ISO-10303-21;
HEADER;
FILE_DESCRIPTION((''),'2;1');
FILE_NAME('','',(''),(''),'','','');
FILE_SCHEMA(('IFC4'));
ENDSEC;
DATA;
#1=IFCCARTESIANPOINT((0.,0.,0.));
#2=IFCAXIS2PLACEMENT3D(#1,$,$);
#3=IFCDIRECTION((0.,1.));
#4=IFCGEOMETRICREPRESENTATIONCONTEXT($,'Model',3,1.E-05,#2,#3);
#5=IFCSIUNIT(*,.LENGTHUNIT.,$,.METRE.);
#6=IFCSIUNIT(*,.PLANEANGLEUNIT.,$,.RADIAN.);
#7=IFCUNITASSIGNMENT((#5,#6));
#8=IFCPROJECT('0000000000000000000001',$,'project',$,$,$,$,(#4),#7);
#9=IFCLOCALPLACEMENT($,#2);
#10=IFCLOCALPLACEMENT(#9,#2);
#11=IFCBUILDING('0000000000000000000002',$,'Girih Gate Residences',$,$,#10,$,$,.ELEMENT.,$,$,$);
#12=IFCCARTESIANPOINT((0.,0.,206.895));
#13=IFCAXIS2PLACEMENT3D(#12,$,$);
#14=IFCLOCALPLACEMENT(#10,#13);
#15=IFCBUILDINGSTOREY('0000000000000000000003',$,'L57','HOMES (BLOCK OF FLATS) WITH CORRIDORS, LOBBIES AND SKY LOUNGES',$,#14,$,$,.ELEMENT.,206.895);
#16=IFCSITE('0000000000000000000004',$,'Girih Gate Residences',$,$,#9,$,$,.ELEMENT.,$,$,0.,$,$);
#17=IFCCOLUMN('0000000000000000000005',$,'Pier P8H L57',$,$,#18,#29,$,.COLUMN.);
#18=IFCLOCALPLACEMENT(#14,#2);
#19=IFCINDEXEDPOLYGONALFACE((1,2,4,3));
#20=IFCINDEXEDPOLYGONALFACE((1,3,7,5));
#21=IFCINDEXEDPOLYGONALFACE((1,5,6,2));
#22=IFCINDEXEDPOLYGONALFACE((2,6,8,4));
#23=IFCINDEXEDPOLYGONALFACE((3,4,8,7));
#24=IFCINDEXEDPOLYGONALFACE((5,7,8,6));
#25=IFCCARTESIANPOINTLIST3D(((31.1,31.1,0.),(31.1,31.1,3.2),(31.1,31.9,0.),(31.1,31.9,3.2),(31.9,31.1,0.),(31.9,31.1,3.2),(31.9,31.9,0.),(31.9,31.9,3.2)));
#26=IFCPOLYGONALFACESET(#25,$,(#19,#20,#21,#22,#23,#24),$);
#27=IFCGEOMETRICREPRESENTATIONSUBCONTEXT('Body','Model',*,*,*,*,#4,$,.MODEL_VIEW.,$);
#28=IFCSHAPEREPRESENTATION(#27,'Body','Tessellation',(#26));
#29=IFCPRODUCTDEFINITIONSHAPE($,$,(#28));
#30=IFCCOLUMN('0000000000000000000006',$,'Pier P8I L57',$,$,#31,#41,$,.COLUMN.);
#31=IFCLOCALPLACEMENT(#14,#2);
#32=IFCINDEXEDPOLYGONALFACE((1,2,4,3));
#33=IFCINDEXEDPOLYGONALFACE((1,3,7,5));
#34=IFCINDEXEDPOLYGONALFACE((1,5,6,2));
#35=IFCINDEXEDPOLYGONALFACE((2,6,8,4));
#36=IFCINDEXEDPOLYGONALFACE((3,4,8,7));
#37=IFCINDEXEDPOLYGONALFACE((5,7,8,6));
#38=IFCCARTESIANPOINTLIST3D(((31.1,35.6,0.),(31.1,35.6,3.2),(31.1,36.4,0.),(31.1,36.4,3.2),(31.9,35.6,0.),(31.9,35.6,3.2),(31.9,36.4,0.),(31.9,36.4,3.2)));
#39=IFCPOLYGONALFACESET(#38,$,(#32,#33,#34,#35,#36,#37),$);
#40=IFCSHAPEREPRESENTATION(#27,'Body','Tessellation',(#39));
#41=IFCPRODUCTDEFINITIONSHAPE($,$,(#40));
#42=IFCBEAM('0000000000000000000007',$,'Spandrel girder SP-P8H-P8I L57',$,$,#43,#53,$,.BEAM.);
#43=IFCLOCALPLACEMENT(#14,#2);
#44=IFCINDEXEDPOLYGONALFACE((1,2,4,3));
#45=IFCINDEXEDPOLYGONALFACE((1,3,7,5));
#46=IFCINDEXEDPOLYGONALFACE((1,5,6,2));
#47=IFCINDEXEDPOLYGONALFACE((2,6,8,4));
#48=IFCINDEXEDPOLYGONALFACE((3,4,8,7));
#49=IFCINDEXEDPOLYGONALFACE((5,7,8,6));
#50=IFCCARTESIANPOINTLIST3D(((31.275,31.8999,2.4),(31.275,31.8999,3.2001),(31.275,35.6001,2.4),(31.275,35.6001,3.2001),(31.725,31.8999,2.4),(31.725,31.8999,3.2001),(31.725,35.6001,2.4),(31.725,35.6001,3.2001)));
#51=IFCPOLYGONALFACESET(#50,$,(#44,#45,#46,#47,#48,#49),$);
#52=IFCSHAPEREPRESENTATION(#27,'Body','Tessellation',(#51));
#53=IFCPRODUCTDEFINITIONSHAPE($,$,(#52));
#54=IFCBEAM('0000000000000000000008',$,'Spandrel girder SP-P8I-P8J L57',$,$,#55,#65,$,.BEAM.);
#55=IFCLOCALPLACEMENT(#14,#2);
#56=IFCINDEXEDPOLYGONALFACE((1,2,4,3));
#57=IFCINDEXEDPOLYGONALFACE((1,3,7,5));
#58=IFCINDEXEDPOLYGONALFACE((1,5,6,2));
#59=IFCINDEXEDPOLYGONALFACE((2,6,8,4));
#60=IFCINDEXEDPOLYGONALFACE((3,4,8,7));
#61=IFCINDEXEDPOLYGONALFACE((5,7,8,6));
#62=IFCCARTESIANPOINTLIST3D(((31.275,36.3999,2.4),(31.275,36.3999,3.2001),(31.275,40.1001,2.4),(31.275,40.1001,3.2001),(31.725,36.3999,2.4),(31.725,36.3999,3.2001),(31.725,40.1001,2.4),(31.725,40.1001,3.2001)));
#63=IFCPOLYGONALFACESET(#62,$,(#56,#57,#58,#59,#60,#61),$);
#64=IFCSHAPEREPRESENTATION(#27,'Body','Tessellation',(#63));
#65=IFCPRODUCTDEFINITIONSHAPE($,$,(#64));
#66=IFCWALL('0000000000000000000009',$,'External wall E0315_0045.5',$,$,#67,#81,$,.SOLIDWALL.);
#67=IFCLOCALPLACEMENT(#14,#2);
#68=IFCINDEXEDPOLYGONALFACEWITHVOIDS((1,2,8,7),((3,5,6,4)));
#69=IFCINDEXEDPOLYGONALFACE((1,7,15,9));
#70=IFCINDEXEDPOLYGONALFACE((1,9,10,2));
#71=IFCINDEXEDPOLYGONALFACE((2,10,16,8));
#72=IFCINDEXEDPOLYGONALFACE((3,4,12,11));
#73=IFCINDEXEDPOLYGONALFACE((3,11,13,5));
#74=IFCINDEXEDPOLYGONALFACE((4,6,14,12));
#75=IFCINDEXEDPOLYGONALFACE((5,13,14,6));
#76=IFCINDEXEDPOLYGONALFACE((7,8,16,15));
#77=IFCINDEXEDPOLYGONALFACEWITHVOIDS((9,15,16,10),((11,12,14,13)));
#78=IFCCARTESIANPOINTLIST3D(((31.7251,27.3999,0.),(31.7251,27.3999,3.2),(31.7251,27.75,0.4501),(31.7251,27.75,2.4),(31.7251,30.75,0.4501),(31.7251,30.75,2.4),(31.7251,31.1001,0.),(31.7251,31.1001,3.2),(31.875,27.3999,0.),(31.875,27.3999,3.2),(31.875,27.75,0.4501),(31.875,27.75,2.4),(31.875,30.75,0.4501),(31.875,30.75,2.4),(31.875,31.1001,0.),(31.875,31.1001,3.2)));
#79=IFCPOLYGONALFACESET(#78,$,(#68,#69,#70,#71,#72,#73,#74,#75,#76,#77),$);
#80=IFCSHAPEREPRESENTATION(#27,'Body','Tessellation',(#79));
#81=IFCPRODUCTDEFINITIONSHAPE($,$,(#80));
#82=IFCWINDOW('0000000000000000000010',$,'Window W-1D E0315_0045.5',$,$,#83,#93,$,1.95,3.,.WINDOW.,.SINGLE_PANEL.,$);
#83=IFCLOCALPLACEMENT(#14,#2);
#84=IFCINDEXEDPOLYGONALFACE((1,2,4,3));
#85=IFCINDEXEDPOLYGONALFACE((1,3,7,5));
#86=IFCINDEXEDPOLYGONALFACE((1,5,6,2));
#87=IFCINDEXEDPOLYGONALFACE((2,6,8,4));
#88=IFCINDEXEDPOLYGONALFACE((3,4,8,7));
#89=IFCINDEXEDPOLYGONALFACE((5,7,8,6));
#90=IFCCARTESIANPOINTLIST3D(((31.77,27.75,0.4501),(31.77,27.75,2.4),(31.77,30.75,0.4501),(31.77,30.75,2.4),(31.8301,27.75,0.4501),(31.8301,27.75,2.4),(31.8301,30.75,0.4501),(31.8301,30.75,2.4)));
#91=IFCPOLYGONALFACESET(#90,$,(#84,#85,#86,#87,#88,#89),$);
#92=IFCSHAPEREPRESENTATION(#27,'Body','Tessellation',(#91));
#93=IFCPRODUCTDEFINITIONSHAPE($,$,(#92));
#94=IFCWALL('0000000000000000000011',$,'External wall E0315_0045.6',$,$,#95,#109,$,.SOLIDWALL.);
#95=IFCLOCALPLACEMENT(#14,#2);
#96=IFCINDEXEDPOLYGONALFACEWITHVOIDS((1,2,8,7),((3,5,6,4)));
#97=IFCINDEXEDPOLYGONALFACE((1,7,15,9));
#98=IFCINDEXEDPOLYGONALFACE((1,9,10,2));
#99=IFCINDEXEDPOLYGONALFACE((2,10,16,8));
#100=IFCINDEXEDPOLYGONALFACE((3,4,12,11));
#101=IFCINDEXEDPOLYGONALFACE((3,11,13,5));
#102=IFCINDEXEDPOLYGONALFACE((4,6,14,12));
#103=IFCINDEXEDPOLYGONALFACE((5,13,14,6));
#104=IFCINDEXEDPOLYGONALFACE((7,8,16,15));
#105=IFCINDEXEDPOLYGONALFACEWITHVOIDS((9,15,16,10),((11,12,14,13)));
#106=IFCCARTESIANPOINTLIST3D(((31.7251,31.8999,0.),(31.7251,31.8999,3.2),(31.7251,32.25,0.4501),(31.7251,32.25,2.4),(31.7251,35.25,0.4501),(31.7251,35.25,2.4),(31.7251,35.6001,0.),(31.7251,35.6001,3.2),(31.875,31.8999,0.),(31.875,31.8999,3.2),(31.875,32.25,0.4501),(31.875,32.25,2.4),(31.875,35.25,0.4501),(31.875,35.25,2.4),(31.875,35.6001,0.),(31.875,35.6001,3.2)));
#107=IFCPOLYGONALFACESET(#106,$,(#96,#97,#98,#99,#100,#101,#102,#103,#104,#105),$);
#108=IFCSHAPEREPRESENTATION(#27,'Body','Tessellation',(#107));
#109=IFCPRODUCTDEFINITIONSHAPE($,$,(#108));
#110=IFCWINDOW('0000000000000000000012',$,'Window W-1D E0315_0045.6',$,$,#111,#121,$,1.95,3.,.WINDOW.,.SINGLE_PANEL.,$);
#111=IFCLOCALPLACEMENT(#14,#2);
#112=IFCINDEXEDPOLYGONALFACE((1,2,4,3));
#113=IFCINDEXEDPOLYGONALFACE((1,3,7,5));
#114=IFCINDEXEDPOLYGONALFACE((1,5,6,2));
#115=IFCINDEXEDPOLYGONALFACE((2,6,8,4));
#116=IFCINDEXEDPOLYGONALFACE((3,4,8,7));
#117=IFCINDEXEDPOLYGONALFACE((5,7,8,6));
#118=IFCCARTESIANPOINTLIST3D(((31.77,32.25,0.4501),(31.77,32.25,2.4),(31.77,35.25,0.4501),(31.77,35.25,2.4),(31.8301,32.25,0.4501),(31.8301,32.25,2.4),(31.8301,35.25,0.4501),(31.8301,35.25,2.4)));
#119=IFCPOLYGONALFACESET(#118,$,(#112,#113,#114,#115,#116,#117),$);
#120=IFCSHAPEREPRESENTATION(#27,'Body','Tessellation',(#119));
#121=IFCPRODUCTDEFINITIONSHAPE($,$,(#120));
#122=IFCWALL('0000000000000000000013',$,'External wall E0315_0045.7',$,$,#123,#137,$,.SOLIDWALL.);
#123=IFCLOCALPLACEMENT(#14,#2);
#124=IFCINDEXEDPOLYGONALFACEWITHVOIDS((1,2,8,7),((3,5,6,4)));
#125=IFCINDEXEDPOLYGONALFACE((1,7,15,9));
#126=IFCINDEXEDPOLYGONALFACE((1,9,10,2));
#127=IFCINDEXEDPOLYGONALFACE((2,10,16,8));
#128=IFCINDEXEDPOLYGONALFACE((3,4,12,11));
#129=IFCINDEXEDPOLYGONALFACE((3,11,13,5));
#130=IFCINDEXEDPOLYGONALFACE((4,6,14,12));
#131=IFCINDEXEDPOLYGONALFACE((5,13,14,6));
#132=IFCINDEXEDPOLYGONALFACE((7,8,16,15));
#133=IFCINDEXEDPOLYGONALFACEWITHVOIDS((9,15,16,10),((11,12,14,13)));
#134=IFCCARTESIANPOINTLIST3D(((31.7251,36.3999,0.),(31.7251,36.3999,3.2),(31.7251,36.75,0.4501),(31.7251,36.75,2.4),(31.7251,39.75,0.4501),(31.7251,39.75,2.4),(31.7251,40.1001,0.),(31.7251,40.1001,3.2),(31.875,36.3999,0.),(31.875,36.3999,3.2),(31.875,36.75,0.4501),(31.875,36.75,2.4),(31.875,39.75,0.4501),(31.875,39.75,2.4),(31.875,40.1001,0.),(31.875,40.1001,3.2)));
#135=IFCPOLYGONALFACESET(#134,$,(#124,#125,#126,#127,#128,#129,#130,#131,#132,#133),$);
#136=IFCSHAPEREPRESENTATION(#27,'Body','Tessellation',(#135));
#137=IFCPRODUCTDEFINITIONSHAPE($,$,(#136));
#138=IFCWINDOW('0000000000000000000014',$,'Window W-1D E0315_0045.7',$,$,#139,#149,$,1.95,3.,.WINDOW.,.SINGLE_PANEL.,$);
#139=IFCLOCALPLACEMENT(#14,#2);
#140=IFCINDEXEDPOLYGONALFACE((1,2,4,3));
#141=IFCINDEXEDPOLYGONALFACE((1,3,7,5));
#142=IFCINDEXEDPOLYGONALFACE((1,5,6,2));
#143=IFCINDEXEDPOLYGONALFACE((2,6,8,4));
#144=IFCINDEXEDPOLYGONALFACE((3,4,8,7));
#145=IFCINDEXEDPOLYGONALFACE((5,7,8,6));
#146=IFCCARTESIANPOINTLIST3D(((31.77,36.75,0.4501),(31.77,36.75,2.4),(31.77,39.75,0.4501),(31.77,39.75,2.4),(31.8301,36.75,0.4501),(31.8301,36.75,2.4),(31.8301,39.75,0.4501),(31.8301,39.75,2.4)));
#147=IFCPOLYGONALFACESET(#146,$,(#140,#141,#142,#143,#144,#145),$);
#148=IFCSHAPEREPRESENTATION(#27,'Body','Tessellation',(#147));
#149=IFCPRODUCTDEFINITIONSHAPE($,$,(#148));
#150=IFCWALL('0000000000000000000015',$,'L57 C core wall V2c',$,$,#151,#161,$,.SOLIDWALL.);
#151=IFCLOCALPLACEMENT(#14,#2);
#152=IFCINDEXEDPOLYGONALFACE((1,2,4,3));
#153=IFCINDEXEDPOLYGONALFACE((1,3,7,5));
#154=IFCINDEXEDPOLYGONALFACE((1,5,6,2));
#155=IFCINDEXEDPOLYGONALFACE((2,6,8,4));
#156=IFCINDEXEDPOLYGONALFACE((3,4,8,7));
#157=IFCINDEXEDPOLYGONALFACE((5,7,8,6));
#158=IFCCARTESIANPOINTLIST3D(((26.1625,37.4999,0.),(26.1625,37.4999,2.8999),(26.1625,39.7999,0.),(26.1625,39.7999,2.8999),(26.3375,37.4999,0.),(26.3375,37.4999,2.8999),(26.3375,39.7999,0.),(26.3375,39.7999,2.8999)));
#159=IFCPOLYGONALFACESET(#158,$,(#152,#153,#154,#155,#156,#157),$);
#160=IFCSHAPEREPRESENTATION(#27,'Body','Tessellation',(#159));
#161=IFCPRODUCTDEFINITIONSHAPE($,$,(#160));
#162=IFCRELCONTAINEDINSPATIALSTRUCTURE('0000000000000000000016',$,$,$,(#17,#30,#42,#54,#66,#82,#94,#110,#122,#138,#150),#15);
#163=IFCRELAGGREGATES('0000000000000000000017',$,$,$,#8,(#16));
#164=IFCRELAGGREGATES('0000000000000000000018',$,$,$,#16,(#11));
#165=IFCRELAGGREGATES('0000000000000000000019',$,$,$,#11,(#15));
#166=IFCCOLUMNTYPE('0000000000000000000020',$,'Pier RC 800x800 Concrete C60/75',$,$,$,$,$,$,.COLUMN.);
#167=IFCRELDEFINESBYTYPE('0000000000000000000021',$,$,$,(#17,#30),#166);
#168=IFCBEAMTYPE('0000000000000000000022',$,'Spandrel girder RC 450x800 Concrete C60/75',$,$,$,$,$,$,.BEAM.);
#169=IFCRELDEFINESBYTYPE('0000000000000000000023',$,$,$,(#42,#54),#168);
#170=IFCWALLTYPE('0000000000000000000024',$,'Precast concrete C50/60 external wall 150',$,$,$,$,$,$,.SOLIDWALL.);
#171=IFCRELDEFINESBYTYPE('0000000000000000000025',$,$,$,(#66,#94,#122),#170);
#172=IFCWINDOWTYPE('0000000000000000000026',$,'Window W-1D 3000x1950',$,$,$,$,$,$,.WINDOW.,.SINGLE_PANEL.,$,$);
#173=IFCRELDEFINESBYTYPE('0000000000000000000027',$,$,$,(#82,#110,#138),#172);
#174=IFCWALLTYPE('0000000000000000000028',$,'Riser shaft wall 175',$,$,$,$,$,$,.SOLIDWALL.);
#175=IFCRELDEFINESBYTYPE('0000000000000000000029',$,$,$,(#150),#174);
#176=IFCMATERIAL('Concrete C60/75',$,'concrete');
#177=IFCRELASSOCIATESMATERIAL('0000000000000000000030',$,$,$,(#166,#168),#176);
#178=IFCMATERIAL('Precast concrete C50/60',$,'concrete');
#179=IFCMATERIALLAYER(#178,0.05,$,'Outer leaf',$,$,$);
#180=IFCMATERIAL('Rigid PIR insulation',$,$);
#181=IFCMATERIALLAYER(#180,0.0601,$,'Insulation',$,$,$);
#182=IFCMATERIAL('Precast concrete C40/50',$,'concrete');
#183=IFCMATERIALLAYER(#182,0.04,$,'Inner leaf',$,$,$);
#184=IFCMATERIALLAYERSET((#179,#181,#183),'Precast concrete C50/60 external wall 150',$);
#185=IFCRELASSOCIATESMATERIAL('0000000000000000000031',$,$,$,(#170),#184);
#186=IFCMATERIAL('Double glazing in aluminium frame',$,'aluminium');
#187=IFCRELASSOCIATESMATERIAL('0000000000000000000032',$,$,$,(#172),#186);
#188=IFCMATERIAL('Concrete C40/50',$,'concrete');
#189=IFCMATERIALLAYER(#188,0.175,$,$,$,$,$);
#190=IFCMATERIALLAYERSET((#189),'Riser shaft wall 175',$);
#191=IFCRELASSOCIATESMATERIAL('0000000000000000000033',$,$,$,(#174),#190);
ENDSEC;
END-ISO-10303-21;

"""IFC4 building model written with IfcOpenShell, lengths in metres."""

from ifc_helpers import new_model, si_unit, direction, frame, frame_2d, origin, origin_2d, place, context, subcontext, project, spatial, rectangle, extrude, material, layer, layer_set, material_profile, profile_set, type_object, element, fill, save


model = new_model("IFC4")

# Units and contexts
model_context = context("Model", 3, precision=1e-05, world=origin(), true_north=direction((0.0, 1.0)))
body_context = subcontext(model_context, "Body", "Model", "MODEL_VIEW")
ifc_project = project(units=[si_unit("LENGTHUNIT", "METRE"), si_unit("PLANEANGLEUNIT", "RADIAN")], contexts=[model_context])

# Site, building, storey
site_placement = place(None, origin())
site = spatial("IfcSite", under=ifc_project, at=site_placement, Name="Girih Gate Residences", CompositionType="ELEMENT", RefElevation=0.0)
building_placement = place(site_placement, origin())
building = spatial("IfcBuilding", under=site, at=building_placement, Name="Girih Gate Residences", CompositionType="ELEMENT")
storey_placement = place(building_placement, frame((0.0, 0.0, 206.895)))
storey = spatial("IfcBuildingStorey", under=building, at=storey_placement, Name="L57", Description="HOMES (BLOCK OF FLATS) WITH CORRIDORS, LOBBIES AND SKY LOUNGES", CompositionType="ELEMENT", Elevation=206.895)

# Columns
ifc_material_1 = material(Name="Concrete C60/75", Category="concrete")
ifc_material_profile_1 = material_profile(ifc_material_1, rectangle(XDim=0.8, YDim=0.8, at=origin_2d()))
ifc_profile_set_1 = profile_set([ifc_material_profile_1], Name="Concrete C60/75")
column_type = type_object("IfcColumnType", Name="Pier RC 800x800 Concrete C60/75", PredefinedType="COLUMN", material=ifc_profile_set_1)
for number, where, z_axis, x_axis, name in (
    (1, (31.5, 31.5, 0.0), (0.0, 0.0, 1.0), (1.0, 0.0, 0.0), "Pier P8H L57"),
    (2, (31.5, 36.0, 0.0), (0.0, 0.0, 1.0), (1.0, 0.0, 0.0), "Pier P8I L57"),
):
    element("IfcColumn", number, at=place(storey_placement, frame(where, z_axis=z_axis, x_axis=x_axis)), inside=storey, type_object=column_type, Name=name, PredefinedType="COLUMN", context=body_context, shape_type="SweptSolid", body=[
        extrude(rectangle(XDim=0.8, YDim=0.8, at=origin_2d()), origin(), (0.0, 0.0, 1.0), 3.2),
    ])

# Beams
ifc_material_profile_2 = material_profile(ifc_material_1, rectangle(XDim=0.45, YDim=0.8, at=origin_2d()))
ifc_profile_set_2 = profile_set([ifc_material_profile_2], Name="Concrete C60/75")
beam_type = type_object("IfcBeamType", Name="Spandrel girder RC 450x800 Concrete C60/75", PredefinedType="BEAM", material=ifc_profile_set_2)
for number, where, z_axis, x_axis, name in (
    (3, (31.5, 31.8999, 2.8), (0.0, 1.0, 0.0), (-1.0, 0.0, 0.0), "Spandrel girder SP-P8H-P8I L57"),
    (4, (31.5, 36.3999, 2.8), (0.0, 1.0, 0.0), (-1.0, 0.0, 0.0), "Spandrel girder SP-P8I-P8J L57"),
):
    element("IfcBeam", number, at=place(storey_placement, frame(where, z_axis=z_axis, x_axis=x_axis)), inside=storey, type_object=beam_type, Name=name, PredefinedType="BEAM", context=body_context, shape_type="SweptSolid", body=[
        extrude(rectangle(XDim=0.45, YDim=0.8, at=origin_2d()), origin(), (0.0, 0.0, 1.0), 3.7002),
    ])

# Walls, openings, windows
ifc_material_2 = material(Name="Precast concrete C50/60", Category="concrete")
ifc_layer_1 = layer(ifc_material_2, 0.05, Name="Outer leaf")
ifc_material_3 = material(Name="Rigid PIR insulation")
ifc_layer_2 = layer(ifc_material_3, 0.0601, Name="Insulation")
ifc_material_4 = material(Name="Precast concrete C40/50", Category="concrete")
ifc_layer_3 = layer(ifc_material_4, 0.04, Name="Inner leaf")
ifc_layer_set_1 = layer_set([ifc_layer_1, ifc_layer_2, ifc_layer_3], Name="Precast concrete C50/60 external wall 150")
wall_type_1 = type_object("IfcWallType", Name="Precast concrete C50/60 external wall 150", PredefinedType="SOLIDWALL", material=ifc_layer_set_1)
wall_1_placement = place(storey_placement, frame((31.8, 31.1001, 0.0), z_axis=(0.0, 0.0, 1.0), x_axis=(0.0, -1.0, 0.0)))
wall_1 = element("IfcWall", 5, at=wall_1_placement, inside=storey, type_object=wall_type_1, Name="External wall E0315_0045.5", PredefinedType="SOLIDWALL", context=body_context, shape_type="SweptSolid", body=[
    extrude(rectangle(XDim=3.7002, YDim=0.1499, at=frame_2d((1.8501, 0.0))), origin(), (0.0, 0.0, 1.0), 3.2),
])
opening_1_placement = place(wall_1_placement, frame((0.3501, 0.0, 0.45)))
opening_1 = element("IfcOpeningElement", 6, at=opening_1_placement, cuts=wall_1, PredefinedType="OPENING", context=body_context, shape_type="SweptSolid", body=[
    extrude(rectangle(XDim=3.0, YDim=1.95, at=frame_2d((1.5, 0.9751))), frame((0.0, 0.085, 0.0), z_axis=(0.0, -1.0, 0.0), x_axis=(1.0, 0.0, 0.0)), (0.0, 0.0, 1.0), 0.1699),
])
ifc_material_5 = material(Name="Double glazing in aluminium frame", Category="aluminium")
window_type = type_object("IfcWindowType", Name="Window W-1D 3000x1950", PartitioningType="SINGLE_PANEL", PredefinedType="WINDOW", material=ifc_material_5)
window_1_placement = place(opening_1_placement, origin())
window_1 = element("IfcWindow", 7, at=window_1_placement, inside=storey, type_object=window_type, Name="Window W-1D E0315_0045.5", OverallHeight=1.95, OverallWidth=3.0, PartitioningType="SINGLE_PANEL", PredefinedType="WINDOW", context=body_context, shape_type="SweptSolid", body=[
    extrude(rectangle(XDim=3.0, YDim=1.95, at=frame_2d((1.5, 0.9751))), frame((0.0, 0.03, 0.0), z_axis=(0.0, -1.0, 0.0), x_axis=(1.0, 0.0, 0.0)), (0.0, 0.0, 1.0), 0.0601),
])
fill(opening_1, window_1)
wall_2_placement = place(storey_placement, frame((31.8, 35.6001, 0.0), z_axis=(0.0, 0.0, 1.0), x_axis=(0.0, -1.0, 0.0)))
wall_2 = element("IfcWall", 8, at=wall_2_placement, inside=storey, type_object=wall_type_1, Name="External wall E0315_0045.6", PredefinedType="SOLIDWALL", context=body_context, shape_type="SweptSolid", body=[
    extrude(rectangle(XDim=3.7002, YDim=0.1499, at=frame_2d((1.8501, 0.0))), origin(), (0.0, 0.0, 1.0), 3.2),
])
opening_2_placement = place(wall_2_placement, frame((0.3501, 0.0, 0.45)))
opening_2 = element("IfcOpeningElement", 9, at=opening_2_placement, cuts=wall_2, PredefinedType="OPENING", context=body_context, shape_type="SweptSolid", body=[
    extrude(rectangle(XDim=3.0, YDim=1.95, at=frame_2d((1.5, 0.9751))), frame((0.0, 0.085, 0.0), z_axis=(0.0, -1.0, 0.0), x_axis=(1.0, 0.0, 0.0)), (0.0, 0.0, 1.0), 0.1699),
])
window_2_placement = place(opening_2_placement, origin())
window_2 = element("IfcWindow", 10, at=window_2_placement, inside=storey, type_object=window_type, Name="Window W-1D E0315_0045.6", OverallHeight=1.95, OverallWidth=3.0, PartitioningType="SINGLE_PANEL", PredefinedType="WINDOW", context=body_context, shape_type="SweptSolid", body=[
    extrude(rectangle(XDim=3.0, YDim=1.95, at=frame_2d((1.5, 0.9751))), frame((0.0, 0.03, 0.0), z_axis=(0.0, -1.0, 0.0), x_axis=(1.0, 0.0, 0.0)), (0.0, 0.0, 1.0), 0.0601),
])
fill(opening_2, window_2)
wall_3_placement = place(storey_placement, frame((31.8, 40.1001, 0.0), z_axis=(0.0, 0.0, 1.0), x_axis=(0.0, -1.0, 0.0)))
wall_3 = element("IfcWall", 11, at=wall_3_placement, inside=storey, type_object=wall_type_1, Name="External wall E0315_0045.7", PredefinedType="SOLIDWALL", context=body_context, shape_type="SweptSolid", body=[
    extrude(rectangle(XDim=3.7002, YDim=0.1499, at=frame_2d((1.8501, 0.0))), origin(), (0.0, 0.0, 1.0), 3.2),
])
opening_3_placement = place(wall_3_placement, frame((0.3501, 0.0, 0.45)))
opening_3 = element("IfcOpeningElement", 12, at=opening_3_placement, cuts=wall_3, PredefinedType="OPENING", context=body_context, shape_type="SweptSolid", body=[
    extrude(rectangle(XDim=3.0, YDim=1.95, at=frame_2d((1.5, 0.9751))), frame((0.0, 0.085, 0.0), z_axis=(0.0, -1.0, 0.0), x_axis=(1.0, 0.0, 0.0)), (0.0, 0.0, 1.0), 0.1699),
])
window_3_placement = place(opening_3_placement, origin())
window_3 = element("IfcWindow", 13, at=window_3_placement, inside=storey, type_object=window_type, Name="Window W-1D E0315_0045.7", OverallHeight=1.95, OverallWidth=3.0, PartitioningType="SINGLE_PANEL", PredefinedType="WINDOW", context=body_context, shape_type="SweptSolid", body=[
    extrude(rectangle(XDim=3.0, YDim=1.95, at=frame_2d((1.5, 0.9751))), frame((0.0, 0.03, 0.0), z_axis=(0.0, -1.0, 0.0), x_axis=(1.0, 0.0, 0.0)), (0.0, 0.0, 1.0), 0.0601),
])
fill(opening_3, window_3)

# Wall
ifc_material_6 = material(Name="Concrete C40/50", Category="concrete")
ifc_layer_4 = layer(ifc_material_6, 0.175)
ifc_layer_set_2 = layer_set([ifc_layer_4], Name="Riser shaft wall 175")
wall_type_2 = type_object("IfcWallType", Name="Riser shaft wall 175", PredefinedType="SOLIDWALL", material=ifc_layer_set_2)
wall_4_placement = place(storey_placement, frame((26.25, 37.5, 0.0), z_axis=(0.0, 0.0, 1.0), x_axis=(0.0, 1.0, 0.0)))
element("IfcWall", 14, at=wall_4_placement, inside=storey, type_object=wall_type_2, Name="L57 C core wall V2c", PredefinedType="SOLIDWALL", context=body_context, shape_type="SweptSolid", body=[
    extrude(rectangle(XDim=2.3, YDim=0.175, at=frame_2d((1.1499, 0.0))), origin(), (0.0, 0.0, 1.0), 2.8999),
])

save(model, "model.ifc")
